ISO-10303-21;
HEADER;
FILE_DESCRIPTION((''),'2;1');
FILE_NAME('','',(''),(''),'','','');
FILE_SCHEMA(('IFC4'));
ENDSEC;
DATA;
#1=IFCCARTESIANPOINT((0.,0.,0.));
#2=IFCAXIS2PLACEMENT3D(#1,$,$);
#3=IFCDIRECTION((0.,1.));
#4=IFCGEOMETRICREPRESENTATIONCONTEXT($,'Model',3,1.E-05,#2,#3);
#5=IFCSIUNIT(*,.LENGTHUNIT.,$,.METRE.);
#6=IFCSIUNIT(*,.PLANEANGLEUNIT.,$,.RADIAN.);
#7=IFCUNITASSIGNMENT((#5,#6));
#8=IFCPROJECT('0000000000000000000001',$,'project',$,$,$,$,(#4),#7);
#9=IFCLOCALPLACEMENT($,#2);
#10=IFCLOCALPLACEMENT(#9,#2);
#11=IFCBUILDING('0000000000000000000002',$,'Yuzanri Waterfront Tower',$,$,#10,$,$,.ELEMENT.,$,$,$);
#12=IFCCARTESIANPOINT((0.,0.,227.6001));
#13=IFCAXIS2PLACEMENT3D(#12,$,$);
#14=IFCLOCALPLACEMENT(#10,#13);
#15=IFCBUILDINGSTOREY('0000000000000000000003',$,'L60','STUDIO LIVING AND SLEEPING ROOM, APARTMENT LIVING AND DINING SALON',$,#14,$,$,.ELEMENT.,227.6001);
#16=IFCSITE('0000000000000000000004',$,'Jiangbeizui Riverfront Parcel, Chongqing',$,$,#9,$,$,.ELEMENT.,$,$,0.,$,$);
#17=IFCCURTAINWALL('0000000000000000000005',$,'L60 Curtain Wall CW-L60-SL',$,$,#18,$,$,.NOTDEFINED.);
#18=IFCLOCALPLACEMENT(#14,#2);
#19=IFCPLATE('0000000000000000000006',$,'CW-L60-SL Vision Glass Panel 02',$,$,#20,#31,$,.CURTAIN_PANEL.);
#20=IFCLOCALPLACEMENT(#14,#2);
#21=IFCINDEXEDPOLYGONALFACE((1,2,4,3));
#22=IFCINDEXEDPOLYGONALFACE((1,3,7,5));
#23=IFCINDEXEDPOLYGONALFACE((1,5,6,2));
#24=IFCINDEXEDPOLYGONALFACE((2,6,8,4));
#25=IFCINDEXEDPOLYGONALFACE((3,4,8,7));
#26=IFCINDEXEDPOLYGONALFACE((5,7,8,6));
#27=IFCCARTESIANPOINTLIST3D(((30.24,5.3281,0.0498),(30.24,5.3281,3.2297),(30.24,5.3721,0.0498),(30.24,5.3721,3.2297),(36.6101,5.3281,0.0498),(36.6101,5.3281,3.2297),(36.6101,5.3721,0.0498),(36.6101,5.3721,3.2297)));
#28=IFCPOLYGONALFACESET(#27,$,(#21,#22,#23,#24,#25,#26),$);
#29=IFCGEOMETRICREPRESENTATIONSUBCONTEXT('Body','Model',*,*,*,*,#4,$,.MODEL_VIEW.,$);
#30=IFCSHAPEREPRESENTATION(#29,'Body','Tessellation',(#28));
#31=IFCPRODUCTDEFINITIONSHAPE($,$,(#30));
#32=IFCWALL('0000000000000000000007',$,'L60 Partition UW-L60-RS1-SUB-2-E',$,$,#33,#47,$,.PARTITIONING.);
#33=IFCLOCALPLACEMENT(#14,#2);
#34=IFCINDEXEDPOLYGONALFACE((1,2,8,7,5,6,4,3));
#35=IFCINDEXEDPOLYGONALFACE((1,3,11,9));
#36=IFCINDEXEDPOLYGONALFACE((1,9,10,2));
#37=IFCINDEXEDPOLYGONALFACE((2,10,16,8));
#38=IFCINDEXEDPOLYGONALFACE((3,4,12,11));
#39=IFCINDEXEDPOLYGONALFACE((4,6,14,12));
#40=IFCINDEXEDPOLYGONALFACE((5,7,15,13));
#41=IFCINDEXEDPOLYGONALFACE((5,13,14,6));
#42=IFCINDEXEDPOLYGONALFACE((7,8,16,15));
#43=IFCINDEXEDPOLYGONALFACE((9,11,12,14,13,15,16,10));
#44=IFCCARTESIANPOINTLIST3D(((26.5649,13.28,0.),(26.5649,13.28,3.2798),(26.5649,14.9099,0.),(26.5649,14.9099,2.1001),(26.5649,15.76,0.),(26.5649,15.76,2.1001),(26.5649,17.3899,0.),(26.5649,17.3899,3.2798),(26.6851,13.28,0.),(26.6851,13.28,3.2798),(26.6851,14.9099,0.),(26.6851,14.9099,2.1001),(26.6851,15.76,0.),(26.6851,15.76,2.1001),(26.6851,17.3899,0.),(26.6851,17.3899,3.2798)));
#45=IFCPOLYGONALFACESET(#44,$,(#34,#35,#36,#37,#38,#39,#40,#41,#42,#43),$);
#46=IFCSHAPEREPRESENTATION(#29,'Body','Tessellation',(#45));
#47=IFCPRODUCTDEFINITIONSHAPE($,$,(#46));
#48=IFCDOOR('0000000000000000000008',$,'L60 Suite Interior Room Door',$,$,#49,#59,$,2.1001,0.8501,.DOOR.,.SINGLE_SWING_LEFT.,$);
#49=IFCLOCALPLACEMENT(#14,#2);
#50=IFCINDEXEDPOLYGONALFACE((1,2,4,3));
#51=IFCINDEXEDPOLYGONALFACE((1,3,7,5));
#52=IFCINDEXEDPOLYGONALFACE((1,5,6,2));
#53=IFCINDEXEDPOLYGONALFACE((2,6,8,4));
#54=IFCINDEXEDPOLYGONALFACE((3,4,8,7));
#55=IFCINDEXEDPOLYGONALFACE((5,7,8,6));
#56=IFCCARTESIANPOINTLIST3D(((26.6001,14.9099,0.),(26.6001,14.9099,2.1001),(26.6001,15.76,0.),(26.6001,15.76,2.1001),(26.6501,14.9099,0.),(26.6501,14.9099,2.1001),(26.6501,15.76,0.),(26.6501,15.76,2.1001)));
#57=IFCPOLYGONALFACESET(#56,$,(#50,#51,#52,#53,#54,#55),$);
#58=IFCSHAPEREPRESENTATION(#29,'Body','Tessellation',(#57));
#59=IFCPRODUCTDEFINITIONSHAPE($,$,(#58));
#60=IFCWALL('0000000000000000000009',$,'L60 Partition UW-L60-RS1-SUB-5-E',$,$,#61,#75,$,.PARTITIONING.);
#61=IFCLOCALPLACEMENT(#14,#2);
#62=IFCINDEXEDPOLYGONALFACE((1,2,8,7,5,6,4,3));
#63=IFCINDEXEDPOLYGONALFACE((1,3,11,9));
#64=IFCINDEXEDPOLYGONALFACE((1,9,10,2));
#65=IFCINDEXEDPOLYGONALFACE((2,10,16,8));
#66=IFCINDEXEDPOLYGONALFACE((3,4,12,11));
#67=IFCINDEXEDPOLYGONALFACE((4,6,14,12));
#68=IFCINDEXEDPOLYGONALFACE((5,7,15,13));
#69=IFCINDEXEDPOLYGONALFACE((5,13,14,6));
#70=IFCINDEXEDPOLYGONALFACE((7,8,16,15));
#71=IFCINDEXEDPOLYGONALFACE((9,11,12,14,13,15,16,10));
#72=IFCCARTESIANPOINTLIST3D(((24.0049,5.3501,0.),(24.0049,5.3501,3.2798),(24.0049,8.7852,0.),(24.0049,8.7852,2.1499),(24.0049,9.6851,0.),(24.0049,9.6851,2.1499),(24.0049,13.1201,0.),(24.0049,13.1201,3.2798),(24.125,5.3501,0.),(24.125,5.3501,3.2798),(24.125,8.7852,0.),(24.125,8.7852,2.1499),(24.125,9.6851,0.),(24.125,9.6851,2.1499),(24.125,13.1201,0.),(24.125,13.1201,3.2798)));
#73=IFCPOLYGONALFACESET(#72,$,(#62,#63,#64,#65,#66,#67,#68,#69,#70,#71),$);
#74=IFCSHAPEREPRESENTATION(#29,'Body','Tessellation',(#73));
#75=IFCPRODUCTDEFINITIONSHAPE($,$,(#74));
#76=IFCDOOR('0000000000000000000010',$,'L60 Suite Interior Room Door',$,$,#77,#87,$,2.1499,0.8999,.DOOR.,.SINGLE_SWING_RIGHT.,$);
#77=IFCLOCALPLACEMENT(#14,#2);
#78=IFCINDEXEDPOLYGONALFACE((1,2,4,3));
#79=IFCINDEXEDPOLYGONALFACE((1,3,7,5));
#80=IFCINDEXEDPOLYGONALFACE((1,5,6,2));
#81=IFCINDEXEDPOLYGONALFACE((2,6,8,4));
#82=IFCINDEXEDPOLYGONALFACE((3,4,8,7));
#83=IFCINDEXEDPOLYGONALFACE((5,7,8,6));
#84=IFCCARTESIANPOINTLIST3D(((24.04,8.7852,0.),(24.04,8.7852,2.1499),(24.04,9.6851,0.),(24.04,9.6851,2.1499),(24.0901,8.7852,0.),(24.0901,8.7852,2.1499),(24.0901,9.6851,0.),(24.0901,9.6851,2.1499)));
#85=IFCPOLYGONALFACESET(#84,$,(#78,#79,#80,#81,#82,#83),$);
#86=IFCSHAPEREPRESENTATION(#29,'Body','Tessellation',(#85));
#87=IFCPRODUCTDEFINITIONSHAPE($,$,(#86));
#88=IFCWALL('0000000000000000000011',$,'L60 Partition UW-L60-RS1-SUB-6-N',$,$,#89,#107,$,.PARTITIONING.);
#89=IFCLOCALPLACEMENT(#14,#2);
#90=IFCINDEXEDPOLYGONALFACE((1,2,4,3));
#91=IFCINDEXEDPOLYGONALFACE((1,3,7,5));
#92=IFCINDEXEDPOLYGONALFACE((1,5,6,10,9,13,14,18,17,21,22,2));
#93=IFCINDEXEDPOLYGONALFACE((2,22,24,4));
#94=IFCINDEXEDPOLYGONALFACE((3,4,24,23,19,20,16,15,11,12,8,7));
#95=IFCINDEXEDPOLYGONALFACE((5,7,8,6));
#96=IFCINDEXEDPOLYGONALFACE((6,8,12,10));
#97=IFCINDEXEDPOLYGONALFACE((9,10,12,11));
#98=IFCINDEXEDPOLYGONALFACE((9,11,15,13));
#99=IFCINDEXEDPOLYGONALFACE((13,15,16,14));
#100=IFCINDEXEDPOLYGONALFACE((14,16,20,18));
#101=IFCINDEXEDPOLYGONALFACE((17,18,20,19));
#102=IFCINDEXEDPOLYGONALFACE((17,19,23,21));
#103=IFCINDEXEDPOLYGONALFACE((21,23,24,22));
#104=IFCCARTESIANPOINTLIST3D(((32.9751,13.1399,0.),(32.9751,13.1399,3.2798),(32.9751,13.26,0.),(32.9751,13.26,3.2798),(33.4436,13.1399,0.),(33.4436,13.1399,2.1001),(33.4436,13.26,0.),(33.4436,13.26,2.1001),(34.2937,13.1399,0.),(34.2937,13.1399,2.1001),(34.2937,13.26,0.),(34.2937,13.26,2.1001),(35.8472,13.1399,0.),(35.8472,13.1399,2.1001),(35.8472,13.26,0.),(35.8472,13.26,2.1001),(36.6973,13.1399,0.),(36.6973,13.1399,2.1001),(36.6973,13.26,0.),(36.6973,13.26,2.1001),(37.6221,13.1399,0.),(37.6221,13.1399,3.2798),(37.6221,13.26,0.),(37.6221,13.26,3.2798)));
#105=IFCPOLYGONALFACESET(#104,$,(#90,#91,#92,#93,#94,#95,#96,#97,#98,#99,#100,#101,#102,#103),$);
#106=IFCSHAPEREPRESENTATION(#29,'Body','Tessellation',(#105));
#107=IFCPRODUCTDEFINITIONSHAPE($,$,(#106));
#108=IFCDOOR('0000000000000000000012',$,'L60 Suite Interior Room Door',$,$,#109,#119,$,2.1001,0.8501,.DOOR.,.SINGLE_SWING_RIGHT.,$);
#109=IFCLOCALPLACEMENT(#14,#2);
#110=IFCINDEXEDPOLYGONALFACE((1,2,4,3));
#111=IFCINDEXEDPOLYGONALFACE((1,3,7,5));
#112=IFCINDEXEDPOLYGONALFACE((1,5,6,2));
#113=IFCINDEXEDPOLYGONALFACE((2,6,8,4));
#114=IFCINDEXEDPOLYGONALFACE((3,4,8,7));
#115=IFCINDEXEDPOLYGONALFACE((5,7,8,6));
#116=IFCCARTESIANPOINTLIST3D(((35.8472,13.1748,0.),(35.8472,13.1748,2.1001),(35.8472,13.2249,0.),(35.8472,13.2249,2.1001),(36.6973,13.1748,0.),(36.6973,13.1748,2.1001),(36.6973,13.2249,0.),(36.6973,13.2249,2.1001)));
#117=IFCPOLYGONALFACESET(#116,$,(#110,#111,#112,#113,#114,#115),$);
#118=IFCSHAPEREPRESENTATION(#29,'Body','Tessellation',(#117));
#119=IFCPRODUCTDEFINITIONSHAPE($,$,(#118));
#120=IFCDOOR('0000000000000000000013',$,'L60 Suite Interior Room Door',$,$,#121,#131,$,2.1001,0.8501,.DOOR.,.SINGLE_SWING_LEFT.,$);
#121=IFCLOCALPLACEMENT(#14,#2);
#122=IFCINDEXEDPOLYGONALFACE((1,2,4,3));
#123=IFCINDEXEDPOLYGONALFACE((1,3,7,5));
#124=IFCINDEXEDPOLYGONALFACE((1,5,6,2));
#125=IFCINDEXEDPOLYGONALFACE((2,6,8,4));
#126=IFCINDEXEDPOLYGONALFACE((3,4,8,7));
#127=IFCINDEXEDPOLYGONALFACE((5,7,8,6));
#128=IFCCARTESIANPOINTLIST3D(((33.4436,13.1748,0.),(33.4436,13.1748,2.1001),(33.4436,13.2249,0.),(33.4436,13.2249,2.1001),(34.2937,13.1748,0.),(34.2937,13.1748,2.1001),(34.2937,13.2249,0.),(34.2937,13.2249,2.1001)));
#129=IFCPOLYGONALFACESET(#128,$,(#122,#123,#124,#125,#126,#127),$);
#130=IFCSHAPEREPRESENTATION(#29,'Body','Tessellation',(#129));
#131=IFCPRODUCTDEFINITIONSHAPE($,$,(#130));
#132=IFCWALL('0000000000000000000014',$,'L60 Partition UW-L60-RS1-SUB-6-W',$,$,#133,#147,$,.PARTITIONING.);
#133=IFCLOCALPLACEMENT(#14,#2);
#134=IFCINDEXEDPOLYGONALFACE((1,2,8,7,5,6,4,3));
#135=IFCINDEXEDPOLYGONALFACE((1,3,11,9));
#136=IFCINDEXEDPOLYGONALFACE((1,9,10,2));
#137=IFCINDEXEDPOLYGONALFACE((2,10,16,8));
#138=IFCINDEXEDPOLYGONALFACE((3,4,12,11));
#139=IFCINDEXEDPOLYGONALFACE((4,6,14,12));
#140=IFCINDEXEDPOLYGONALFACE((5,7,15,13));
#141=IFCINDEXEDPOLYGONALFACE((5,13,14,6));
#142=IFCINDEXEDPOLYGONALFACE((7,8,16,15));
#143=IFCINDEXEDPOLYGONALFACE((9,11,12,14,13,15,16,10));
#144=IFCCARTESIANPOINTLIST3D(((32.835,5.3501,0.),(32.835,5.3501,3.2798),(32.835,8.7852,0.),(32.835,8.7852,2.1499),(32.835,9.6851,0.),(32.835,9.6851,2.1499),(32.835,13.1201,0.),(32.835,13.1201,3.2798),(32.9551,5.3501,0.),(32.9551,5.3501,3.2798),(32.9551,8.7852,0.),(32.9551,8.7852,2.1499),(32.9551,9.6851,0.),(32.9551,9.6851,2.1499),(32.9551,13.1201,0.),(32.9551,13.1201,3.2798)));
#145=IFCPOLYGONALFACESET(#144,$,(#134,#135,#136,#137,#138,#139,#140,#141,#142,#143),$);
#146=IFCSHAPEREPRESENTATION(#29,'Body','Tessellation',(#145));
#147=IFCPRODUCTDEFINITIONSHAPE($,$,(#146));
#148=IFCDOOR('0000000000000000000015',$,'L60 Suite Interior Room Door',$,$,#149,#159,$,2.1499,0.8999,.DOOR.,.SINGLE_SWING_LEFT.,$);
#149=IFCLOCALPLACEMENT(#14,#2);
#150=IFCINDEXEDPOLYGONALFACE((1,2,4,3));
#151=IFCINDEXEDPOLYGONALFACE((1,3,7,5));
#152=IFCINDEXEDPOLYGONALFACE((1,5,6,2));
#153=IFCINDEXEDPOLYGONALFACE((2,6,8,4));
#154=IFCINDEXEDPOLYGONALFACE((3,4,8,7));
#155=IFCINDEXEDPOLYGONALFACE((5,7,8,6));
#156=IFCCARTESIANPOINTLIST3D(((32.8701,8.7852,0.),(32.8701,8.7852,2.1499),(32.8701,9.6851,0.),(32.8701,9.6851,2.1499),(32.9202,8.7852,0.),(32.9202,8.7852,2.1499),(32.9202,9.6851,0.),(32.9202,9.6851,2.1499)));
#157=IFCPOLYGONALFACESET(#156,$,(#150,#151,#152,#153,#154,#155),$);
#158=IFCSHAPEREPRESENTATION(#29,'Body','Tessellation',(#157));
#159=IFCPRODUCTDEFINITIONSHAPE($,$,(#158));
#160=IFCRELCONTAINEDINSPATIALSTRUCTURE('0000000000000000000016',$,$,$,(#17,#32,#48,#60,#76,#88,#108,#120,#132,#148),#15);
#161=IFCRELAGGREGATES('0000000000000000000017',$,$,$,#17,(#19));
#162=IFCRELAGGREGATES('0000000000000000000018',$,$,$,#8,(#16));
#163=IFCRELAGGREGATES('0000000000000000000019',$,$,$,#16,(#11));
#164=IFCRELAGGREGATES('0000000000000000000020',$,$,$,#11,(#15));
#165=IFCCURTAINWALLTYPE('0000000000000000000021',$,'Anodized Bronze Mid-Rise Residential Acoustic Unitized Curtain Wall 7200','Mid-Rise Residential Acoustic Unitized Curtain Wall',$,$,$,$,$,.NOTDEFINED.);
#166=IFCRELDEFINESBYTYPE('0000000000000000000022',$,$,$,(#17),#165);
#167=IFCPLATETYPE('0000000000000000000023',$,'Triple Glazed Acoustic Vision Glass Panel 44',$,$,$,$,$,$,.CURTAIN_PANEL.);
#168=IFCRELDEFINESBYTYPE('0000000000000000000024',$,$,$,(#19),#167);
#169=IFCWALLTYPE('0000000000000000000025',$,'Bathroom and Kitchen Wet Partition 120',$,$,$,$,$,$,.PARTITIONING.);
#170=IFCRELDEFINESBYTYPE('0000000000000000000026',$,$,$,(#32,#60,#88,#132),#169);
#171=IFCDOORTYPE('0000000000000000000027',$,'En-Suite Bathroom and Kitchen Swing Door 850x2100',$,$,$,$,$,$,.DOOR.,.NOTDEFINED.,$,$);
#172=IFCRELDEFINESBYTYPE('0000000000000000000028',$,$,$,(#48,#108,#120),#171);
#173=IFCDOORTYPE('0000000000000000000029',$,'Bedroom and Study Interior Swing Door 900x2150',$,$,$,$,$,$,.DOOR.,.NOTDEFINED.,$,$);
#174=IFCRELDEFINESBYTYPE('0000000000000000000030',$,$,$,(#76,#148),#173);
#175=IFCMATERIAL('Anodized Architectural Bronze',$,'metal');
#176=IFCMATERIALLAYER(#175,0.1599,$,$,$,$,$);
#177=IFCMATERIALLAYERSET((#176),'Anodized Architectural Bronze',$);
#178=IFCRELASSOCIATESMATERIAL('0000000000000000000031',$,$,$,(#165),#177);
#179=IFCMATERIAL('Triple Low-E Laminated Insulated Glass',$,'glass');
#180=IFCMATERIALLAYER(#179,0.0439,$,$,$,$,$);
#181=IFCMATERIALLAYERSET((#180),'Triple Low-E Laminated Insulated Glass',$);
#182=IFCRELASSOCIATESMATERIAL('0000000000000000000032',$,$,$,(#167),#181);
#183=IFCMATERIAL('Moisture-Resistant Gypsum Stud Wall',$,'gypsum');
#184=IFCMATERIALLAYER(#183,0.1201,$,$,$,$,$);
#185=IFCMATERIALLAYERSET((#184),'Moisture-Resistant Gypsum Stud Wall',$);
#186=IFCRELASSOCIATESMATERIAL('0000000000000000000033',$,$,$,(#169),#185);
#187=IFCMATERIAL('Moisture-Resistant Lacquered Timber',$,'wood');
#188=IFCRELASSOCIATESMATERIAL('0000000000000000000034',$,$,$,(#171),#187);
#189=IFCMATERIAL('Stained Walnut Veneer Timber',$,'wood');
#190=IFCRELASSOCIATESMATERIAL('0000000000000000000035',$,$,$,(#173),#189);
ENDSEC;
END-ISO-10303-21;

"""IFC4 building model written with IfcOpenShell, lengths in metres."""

from ifc_helpers import new_model, si_unit, direction, frame, frame_2d, origin, origin_2d, place, context, subcontext, project, spatial, rectangle, extrude, source, transform, mapped, material, layer, layer_set, type_object, element, fill, aggregate, save


model = new_model("IFC4")

# Units and contexts
model_context = context("Model", 3, precision=1e-05, world=origin(), true_north=direction((0.0, 1.0)))
body_context = subcontext(model_context, "Body", "Model", "MODEL_VIEW")
ifc_project = project(units=[si_unit("LENGTHUNIT", "METRE"), si_unit("PLANEANGLEUNIT", "RADIAN")], contexts=[model_context])

# Site, building, storey
site_placement = place(None, origin())
site = spatial("IfcSite", under=ifc_project, at=site_placement, Name="Jiangbeizui Riverfront Parcel, Chongqing", CompositionType="ELEMENT", RefElevation=0.0)
building_placement = place(site_placement, origin())
building = spatial("IfcBuilding", under=site, at=building_placement, Name="Yuzanri Waterfront Tower", CompositionType="ELEMENT")
storey_placement = place(building_placement, frame((0.0, 0.0, 227.6001)))
storey = spatial("IfcBuildingStorey", under=building, at=storey_placement, Name="L60", Description="STUDIO LIVING AND SLEEPING ROOM, APARTMENT LIVING AND DINING SALON", CompositionType="ELEMENT", Elevation=227.6001)

# Curtain wall, plate
ifc_material_1 = material(Name="Anodized Architectural Bronze", Category="metal")
ifc_layer_1 = layer(ifc_material_1, 0.1599)
ifc_layer_set_1 = layer_set([ifc_layer_1], Name="Anodized Architectural Bronze")
curtain_wall_type = type_object("IfcCurtainWallType", Name="Anodized Bronze Mid-Rise Residential Acoustic Unitized Curtain Wall 7200", Description="Mid-Rise Residential Acoustic Unitized Curtain Wall", PredefinedType="NOTDEFINED", material=ifc_layer_set_1)
curtain_wall_placement = place(storey_placement, origin())
curtain_wall = element("IfcCurtainWall", 1, at=curtain_wall_placement, inside=storey, type_object=curtain_wall_type, Name="L60 Curtain Wall CW-L60-SL", PredefinedType="NOTDEFINED")
ifc_material_2 = material(Name="Triple Low-E Laminated Insulated Glass", Category="glass")
ifc_layer_2 = layer(ifc_material_2, 0.0439)
ifc_layer_set_2 = layer_set([ifc_layer_2], Name="Triple Low-E Laminated Insulated Glass")
plate_type = type_object("IfcPlateType", Name="Triple Glazed Acoustic Vision Glass Panel 44", PredefinedType="CURTAIN_PANEL", material=ifc_layer_set_2)
shared_shape_1 = source(origin(), body_context, "Body", "SweptSolid", [
    extrude(rectangle(XDim=6.3701, YDim=0.0439, at=origin_2d()), origin(), (0.0, 0.0, 1.0), 3.1799),
])
plate_1_placement = place(storey_placement, frame((33.425, 5.3501, 0.0498), z_axis=(0.0, 0.0, 1.0), x_axis=(1.0, 0.0, 0.0)))
plate_1 = element("IfcPlate", 2, at=plate_1_placement, type_object=plate_type, Name="CW-L60-SL Vision Glass Panel 02", PredefinedType="CURTAIN_PANEL", context=body_context, shape_type="MappedRepresentation", body=[
    mapped(shared_shape_1, transform((0.0, 0.0, 0.0), scale=1.0)),
])
aggregate(curtain_wall, [plate_1])

# Walls, openings, doors
ifc_material_3 = material(Name="Moisture-Resistant Gypsum Stud Wall", Category="gypsum")
ifc_layer_3 = layer(ifc_material_3, 0.1201)
ifc_layer_set_3 = layer_set([ifc_layer_3], Name="Moisture-Resistant Gypsum Stud Wall")
wall_type = type_object("IfcWallType", Name="Bathroom and Kitchen Wet Partition 120", PredefinedType="PARTITIONING", material=ifc_layer_set_3)
wall_1_placement = place(storey_placement, frame((26.625, 13.28, 0.0), z_axis=(0.0, 0.0, 1.0), x_axis=(0.0, 1.0, 0.0)))
wall_1 = element("IfcWall", 3, at=wall_1_placement, inside=storey, type_object=wall_type, Name="L60 Partition UW-L60-RS1-SUB-2-E", PredefinedType="PARTITIONING", context=body_context, shape_type="SweptSolid", body=[
    extrude(rectangle(XDim=4.1099, YDim=0.1201, at=frame_2d((2.0549, 0.0))), origin(), (0.0, 0.0, 1.0), 3.2798),
])
opening_1_placement = place(wall_1_placement, frame((1.6299, 0.0, 0.0)))
opening_1 = element("IfcOpeningElement", 4, at=opening_1_placement, cuts=wall_1, PredefinedType="OPENING", context=body_context, shape_type="SweptSolid", body=[
    extrude(rectangle(XDim=0.8501, YDim=2.1001, at=frame_2d((0.425, 1.05))), frame((0.0, 0.075, 0.0), z_axis=(0.0, -1.0, 0.0), x_axis=(1.0, 0.0, 0.0)), (0.0, 0.0, 1.0), 0.1499),
])
ifc_material_4 = material(Name="Moisture-Resistant Lacquered Timber", Category="wood")
door_type_1 = type_object("IfcDoorType", Name="En-Suite Bathroom and Kitchen Swing Door 850x2100", OperationType="NOTDEFINED", PredefinedType="DOOR", material=ifc_material_4)
shared_shape_2 = source(origin(), body_context, "Body", "SweptSolid", [
    extrude(rectangle(XDim=0.8501, YDim=2.1001, at=frame_2d((0.425, 1.05))), frame((0.0, 0.0249, 0.0), z_axis=(0.0, -1.0, 0.0), x_axis=(1.0, 0.0, 0.0)), (0.0, 0.0, 1.0), 0.05),
])
door_1_placement = place(opening_1_placement, origin())
door_1 = element("IfcDoor", 5, at=door_1_placement, inside=storey, type_object=door_type_1, Name="L60 Suite Interior Room Door", OperationType="SINGLE_SWING_LEFT", OverallHeight=2.1001, OverallWidth=0.8501, PredefinedType="DOOR", context=body_context, shape_type="MappedRepresentation", body=[
    mapped(shared_shape_2, transform((0.0, 0.0, 0.0), scale=1.0)),
])
fill(opening_1, door_1)
wall_2_placement = place(storey_placement, frame((24.0649, 5.3501, 0.0), z_axis=(0.0, 0.0, 1.0), x_axis=(0.0, 1.0, 0.0)))
wall_2 = element("IfcWall", 6, at=wall_2_placement, inside=storey, type_object=wall_type, Name="L60 Partition UW-L60-RS1-SUB-5-E", PredefinedType="PARTITIONING", context=body_context, shape_type="SweptSolid", body=[
    extrude(rectangle(XDim=7.77, YDim=0.1201, at=frame_2d((3.885, 0.0))), origin(), (0.0, 0.0, 1.0), 3.2798),
])
opening_2_placement = place(wall_2_placement, frame((3.4351, 0.0, 0.0)))
opening_2 = element("IfcOpeningElement", 7, at=opening_2_placement, cuts=wall_2, PredefinedType="OPENING", context=body_context, shape_type="SweptSolid", body=[
    extrude(rectangle(XDim=0.8999, YDim=2.1499, at=frame_2d((0.45, 1.075))), frame((0.0, 0.075, 0.0), z_axis=(0.0, -1.0, 0.0), x_axis=(1.0, 0.0, 0.0)), (0.0, 0.0, 1.0), 0.1499),
])
ifc_material_5 = material(Name="Stained Walnut Veneer Timber", Category="wood")
door_type_2 = type_object("IfcDoorType", Name="Bedroom and Study Interior Swing Door 900x2150", OperationType="NOTDEFINED", PredefinedType="DOOR", material=ifc_material_5)
shared_shape_3 = source(origin(), body_context, "Body", "SweptSolid", [
    extrude(rectangle(XDim=0.8999, YDim=2.1499, at=frame_2d((0.45, 1.075))), frame((0.0, 0.0249, 0.0), z_axis=(0.0, -1.0, 0.0), x_axis=(1.0, 0.0, 0.0)), (0.0, 0.0, 1.0), 0.05),
])
door_2_placement = place(opening_2_placement, origin())
door_2 = element("IfcDoor", 8, at=door_2_placement, inside=storey, type_object=door_type_2, Name="L60 Suite Interior Room Door", OperationType="SINGLE_SWING_RIGHT", OverallHeight=2.1499, OverallWidth=0.8999, PredefinedType="DOOR", context=body_context, shape_type="MappedRepresentation", body=[
    mapped(shared_shape_3, transform((0.0, 0.0, 0.0), scale=1.0)),
])
fill(opening_2, door_2)

# Wall, openings, doors
wall_3_placement = place(storey_placement, frame((32.9751, 13.2, 0.0), z_axis=(0.0, 0.0, 1.0), x_axis=(1.0, 0.0, 0.0)))
wall_3 = element("IfcWall", 9, at=wall_3_placement, inside=storey, type_object=wall_type, Name="L60 Partition UW-L60-RS1-SUB-6-N", PredefinedType="PARTITIONING", context=body_context, shape_type="SweptSolid", body=[
    extrude(rectangle(XDim=4.647, YDim=0.1201, at=frame_2d((2.3235, 0.0))), origin(), (0.0, 0.0, 1.0), 3.2798),
])
opening_3_placement = place(wall_3_placement, frame((2.8721, 0.0, 0.0)))
opening_3 = element("IfcOpeningElement", 10, at=opening_3_placement, cuts=wall_3, PredefinedType="OPENING", context=body_context, shape_type="SweptSolid", body=[
    extrude(rectangle(XDim=0.8501, YDim=2.1001, at=frame_2d((0.425, 1.05))), frame((0.0, 0.075, 0.0), z_axis=(0.0, -1.0, 0.0), x_axis=(1.0, 0.0, 0.0)), (0.0, 0.0, 1.0), 0.1499),
])
opening_4_placement = place(wall_3_placement, frame((0.4685, 0.0, 0.0)))
opening_4 = element("IfcOpeningElement", 11, at=opening_4_placement, cuts=wall_3, PredefinedType="OPENING", context=body_context, shape_type="SweptSolid", body=[
    extrude(rectangle(XDim=0.8501, YDim=2.1001, at=frame_2d((0.425, 1.05))), frame((0.0, 0.075, 0.0), z_axis=(0.0, -1.0, 0.0), x_axis=(1.0, 0.0, 0.0)), (0.0, 0.0, 1.0), 0.1499),
])
door_3_placement = place(opening_3_placement, origin())
door_3 = element("IfcDoor", 12, at=door_3_placement, inside=storey, type_object=door_type_1, Name="L60 Suite Interior Room Door", OperationType="SINGLE_SWING_RIGHT", OverallHeight=2.1001, OverallWidth=0.8501, PredefinedType="DOOR", context=body_context, shape_type="MappedRepresentation", body=[
    mapped(shared_shape_2, transform((0.0, 0.0, 0.0), scale=1.0)),
])
fill(opening_3, door_3)
door_4_placement = place(opening_4_placement, origin())
door_4 = element("IfcDoor", 13, at=door_4_placement, inside=storey, type_object=door_type_1, Name="L60 Suite Interior Room Door", OperationType="SINGLE_SWING_LEFT", OverallHeight=2.1001, OverallWidth=0.8501, PredefinedType="DOOR", context=body_context, shape_type="MappedRepresentation", body=[
    mapped(shared_shape_2, transform((0.0, 0.0, 0.0), scale=1.0)),
])
fill(opening_4, door_4)

# Wall, opening, door
wall_4_placement = place(storey_placement, frame((32.895, 5.3501, 0.0), z_axis=(0.0, 0.0, 1.0), x_axis=(0.0, 1.0, 0.0)))
wall_4 = element("IfcWall", 14, at=wall_4_placement, inside=storey, type_object=wall_type, Name="L60 Partition UW-L60-RS1-SUB-6-W", PredefinedType="PARTITIONING", context=body_context, shape_type="SweptSolid", body=[
    extrude(rectangle(XDim=7.77, YDim=0.1201, at=frame_2d((3.885, 0.0))), origin(), (0.0, 0.0, 1.0), 3.2798),
])
opening_5_placement = place(wall_4_placement, frame((3.4351, 0.0, 0.0)))
opening_5 = element("IfcOpeningElement", 15, at=opening_5_placement, cuts=wall_4, PredefinedType="OPENING", context=body_context, shape_type="SweptSolid", body=[
    extrude(rectangle(XDim=0.8999, YDim=2.1499, at=frame_2d((0.45, 1.075))), frame((0.0, 0.075, 0.0), z_axis=(0.0, -1.0, 0.0), x_axis=(1.0, 0.0, 0.0)), (0.0, 0.0, 1.0), 0.1499),
])
door_5_placement = place(opening_5_placement, origin())
door_5 = element("IfcDoor", 16, at=door_5_placement, inside=storey, type_object=door_type_2, Name="L60 Suite Interior Room Door", OperationType="SINGLE_SWING_LEFT", OverallHeight=2.1499, OverallWidth=0.8999, PredefinedType="DOOR", context=body_context, shape_type="MappedRepresentation", body=[
    mapped(shared_shape_3, transform((0.0, 0.0, 0.0), scale=1.0)),
])
fill(opening_5, door_5)

save(model, "model.ifc")
